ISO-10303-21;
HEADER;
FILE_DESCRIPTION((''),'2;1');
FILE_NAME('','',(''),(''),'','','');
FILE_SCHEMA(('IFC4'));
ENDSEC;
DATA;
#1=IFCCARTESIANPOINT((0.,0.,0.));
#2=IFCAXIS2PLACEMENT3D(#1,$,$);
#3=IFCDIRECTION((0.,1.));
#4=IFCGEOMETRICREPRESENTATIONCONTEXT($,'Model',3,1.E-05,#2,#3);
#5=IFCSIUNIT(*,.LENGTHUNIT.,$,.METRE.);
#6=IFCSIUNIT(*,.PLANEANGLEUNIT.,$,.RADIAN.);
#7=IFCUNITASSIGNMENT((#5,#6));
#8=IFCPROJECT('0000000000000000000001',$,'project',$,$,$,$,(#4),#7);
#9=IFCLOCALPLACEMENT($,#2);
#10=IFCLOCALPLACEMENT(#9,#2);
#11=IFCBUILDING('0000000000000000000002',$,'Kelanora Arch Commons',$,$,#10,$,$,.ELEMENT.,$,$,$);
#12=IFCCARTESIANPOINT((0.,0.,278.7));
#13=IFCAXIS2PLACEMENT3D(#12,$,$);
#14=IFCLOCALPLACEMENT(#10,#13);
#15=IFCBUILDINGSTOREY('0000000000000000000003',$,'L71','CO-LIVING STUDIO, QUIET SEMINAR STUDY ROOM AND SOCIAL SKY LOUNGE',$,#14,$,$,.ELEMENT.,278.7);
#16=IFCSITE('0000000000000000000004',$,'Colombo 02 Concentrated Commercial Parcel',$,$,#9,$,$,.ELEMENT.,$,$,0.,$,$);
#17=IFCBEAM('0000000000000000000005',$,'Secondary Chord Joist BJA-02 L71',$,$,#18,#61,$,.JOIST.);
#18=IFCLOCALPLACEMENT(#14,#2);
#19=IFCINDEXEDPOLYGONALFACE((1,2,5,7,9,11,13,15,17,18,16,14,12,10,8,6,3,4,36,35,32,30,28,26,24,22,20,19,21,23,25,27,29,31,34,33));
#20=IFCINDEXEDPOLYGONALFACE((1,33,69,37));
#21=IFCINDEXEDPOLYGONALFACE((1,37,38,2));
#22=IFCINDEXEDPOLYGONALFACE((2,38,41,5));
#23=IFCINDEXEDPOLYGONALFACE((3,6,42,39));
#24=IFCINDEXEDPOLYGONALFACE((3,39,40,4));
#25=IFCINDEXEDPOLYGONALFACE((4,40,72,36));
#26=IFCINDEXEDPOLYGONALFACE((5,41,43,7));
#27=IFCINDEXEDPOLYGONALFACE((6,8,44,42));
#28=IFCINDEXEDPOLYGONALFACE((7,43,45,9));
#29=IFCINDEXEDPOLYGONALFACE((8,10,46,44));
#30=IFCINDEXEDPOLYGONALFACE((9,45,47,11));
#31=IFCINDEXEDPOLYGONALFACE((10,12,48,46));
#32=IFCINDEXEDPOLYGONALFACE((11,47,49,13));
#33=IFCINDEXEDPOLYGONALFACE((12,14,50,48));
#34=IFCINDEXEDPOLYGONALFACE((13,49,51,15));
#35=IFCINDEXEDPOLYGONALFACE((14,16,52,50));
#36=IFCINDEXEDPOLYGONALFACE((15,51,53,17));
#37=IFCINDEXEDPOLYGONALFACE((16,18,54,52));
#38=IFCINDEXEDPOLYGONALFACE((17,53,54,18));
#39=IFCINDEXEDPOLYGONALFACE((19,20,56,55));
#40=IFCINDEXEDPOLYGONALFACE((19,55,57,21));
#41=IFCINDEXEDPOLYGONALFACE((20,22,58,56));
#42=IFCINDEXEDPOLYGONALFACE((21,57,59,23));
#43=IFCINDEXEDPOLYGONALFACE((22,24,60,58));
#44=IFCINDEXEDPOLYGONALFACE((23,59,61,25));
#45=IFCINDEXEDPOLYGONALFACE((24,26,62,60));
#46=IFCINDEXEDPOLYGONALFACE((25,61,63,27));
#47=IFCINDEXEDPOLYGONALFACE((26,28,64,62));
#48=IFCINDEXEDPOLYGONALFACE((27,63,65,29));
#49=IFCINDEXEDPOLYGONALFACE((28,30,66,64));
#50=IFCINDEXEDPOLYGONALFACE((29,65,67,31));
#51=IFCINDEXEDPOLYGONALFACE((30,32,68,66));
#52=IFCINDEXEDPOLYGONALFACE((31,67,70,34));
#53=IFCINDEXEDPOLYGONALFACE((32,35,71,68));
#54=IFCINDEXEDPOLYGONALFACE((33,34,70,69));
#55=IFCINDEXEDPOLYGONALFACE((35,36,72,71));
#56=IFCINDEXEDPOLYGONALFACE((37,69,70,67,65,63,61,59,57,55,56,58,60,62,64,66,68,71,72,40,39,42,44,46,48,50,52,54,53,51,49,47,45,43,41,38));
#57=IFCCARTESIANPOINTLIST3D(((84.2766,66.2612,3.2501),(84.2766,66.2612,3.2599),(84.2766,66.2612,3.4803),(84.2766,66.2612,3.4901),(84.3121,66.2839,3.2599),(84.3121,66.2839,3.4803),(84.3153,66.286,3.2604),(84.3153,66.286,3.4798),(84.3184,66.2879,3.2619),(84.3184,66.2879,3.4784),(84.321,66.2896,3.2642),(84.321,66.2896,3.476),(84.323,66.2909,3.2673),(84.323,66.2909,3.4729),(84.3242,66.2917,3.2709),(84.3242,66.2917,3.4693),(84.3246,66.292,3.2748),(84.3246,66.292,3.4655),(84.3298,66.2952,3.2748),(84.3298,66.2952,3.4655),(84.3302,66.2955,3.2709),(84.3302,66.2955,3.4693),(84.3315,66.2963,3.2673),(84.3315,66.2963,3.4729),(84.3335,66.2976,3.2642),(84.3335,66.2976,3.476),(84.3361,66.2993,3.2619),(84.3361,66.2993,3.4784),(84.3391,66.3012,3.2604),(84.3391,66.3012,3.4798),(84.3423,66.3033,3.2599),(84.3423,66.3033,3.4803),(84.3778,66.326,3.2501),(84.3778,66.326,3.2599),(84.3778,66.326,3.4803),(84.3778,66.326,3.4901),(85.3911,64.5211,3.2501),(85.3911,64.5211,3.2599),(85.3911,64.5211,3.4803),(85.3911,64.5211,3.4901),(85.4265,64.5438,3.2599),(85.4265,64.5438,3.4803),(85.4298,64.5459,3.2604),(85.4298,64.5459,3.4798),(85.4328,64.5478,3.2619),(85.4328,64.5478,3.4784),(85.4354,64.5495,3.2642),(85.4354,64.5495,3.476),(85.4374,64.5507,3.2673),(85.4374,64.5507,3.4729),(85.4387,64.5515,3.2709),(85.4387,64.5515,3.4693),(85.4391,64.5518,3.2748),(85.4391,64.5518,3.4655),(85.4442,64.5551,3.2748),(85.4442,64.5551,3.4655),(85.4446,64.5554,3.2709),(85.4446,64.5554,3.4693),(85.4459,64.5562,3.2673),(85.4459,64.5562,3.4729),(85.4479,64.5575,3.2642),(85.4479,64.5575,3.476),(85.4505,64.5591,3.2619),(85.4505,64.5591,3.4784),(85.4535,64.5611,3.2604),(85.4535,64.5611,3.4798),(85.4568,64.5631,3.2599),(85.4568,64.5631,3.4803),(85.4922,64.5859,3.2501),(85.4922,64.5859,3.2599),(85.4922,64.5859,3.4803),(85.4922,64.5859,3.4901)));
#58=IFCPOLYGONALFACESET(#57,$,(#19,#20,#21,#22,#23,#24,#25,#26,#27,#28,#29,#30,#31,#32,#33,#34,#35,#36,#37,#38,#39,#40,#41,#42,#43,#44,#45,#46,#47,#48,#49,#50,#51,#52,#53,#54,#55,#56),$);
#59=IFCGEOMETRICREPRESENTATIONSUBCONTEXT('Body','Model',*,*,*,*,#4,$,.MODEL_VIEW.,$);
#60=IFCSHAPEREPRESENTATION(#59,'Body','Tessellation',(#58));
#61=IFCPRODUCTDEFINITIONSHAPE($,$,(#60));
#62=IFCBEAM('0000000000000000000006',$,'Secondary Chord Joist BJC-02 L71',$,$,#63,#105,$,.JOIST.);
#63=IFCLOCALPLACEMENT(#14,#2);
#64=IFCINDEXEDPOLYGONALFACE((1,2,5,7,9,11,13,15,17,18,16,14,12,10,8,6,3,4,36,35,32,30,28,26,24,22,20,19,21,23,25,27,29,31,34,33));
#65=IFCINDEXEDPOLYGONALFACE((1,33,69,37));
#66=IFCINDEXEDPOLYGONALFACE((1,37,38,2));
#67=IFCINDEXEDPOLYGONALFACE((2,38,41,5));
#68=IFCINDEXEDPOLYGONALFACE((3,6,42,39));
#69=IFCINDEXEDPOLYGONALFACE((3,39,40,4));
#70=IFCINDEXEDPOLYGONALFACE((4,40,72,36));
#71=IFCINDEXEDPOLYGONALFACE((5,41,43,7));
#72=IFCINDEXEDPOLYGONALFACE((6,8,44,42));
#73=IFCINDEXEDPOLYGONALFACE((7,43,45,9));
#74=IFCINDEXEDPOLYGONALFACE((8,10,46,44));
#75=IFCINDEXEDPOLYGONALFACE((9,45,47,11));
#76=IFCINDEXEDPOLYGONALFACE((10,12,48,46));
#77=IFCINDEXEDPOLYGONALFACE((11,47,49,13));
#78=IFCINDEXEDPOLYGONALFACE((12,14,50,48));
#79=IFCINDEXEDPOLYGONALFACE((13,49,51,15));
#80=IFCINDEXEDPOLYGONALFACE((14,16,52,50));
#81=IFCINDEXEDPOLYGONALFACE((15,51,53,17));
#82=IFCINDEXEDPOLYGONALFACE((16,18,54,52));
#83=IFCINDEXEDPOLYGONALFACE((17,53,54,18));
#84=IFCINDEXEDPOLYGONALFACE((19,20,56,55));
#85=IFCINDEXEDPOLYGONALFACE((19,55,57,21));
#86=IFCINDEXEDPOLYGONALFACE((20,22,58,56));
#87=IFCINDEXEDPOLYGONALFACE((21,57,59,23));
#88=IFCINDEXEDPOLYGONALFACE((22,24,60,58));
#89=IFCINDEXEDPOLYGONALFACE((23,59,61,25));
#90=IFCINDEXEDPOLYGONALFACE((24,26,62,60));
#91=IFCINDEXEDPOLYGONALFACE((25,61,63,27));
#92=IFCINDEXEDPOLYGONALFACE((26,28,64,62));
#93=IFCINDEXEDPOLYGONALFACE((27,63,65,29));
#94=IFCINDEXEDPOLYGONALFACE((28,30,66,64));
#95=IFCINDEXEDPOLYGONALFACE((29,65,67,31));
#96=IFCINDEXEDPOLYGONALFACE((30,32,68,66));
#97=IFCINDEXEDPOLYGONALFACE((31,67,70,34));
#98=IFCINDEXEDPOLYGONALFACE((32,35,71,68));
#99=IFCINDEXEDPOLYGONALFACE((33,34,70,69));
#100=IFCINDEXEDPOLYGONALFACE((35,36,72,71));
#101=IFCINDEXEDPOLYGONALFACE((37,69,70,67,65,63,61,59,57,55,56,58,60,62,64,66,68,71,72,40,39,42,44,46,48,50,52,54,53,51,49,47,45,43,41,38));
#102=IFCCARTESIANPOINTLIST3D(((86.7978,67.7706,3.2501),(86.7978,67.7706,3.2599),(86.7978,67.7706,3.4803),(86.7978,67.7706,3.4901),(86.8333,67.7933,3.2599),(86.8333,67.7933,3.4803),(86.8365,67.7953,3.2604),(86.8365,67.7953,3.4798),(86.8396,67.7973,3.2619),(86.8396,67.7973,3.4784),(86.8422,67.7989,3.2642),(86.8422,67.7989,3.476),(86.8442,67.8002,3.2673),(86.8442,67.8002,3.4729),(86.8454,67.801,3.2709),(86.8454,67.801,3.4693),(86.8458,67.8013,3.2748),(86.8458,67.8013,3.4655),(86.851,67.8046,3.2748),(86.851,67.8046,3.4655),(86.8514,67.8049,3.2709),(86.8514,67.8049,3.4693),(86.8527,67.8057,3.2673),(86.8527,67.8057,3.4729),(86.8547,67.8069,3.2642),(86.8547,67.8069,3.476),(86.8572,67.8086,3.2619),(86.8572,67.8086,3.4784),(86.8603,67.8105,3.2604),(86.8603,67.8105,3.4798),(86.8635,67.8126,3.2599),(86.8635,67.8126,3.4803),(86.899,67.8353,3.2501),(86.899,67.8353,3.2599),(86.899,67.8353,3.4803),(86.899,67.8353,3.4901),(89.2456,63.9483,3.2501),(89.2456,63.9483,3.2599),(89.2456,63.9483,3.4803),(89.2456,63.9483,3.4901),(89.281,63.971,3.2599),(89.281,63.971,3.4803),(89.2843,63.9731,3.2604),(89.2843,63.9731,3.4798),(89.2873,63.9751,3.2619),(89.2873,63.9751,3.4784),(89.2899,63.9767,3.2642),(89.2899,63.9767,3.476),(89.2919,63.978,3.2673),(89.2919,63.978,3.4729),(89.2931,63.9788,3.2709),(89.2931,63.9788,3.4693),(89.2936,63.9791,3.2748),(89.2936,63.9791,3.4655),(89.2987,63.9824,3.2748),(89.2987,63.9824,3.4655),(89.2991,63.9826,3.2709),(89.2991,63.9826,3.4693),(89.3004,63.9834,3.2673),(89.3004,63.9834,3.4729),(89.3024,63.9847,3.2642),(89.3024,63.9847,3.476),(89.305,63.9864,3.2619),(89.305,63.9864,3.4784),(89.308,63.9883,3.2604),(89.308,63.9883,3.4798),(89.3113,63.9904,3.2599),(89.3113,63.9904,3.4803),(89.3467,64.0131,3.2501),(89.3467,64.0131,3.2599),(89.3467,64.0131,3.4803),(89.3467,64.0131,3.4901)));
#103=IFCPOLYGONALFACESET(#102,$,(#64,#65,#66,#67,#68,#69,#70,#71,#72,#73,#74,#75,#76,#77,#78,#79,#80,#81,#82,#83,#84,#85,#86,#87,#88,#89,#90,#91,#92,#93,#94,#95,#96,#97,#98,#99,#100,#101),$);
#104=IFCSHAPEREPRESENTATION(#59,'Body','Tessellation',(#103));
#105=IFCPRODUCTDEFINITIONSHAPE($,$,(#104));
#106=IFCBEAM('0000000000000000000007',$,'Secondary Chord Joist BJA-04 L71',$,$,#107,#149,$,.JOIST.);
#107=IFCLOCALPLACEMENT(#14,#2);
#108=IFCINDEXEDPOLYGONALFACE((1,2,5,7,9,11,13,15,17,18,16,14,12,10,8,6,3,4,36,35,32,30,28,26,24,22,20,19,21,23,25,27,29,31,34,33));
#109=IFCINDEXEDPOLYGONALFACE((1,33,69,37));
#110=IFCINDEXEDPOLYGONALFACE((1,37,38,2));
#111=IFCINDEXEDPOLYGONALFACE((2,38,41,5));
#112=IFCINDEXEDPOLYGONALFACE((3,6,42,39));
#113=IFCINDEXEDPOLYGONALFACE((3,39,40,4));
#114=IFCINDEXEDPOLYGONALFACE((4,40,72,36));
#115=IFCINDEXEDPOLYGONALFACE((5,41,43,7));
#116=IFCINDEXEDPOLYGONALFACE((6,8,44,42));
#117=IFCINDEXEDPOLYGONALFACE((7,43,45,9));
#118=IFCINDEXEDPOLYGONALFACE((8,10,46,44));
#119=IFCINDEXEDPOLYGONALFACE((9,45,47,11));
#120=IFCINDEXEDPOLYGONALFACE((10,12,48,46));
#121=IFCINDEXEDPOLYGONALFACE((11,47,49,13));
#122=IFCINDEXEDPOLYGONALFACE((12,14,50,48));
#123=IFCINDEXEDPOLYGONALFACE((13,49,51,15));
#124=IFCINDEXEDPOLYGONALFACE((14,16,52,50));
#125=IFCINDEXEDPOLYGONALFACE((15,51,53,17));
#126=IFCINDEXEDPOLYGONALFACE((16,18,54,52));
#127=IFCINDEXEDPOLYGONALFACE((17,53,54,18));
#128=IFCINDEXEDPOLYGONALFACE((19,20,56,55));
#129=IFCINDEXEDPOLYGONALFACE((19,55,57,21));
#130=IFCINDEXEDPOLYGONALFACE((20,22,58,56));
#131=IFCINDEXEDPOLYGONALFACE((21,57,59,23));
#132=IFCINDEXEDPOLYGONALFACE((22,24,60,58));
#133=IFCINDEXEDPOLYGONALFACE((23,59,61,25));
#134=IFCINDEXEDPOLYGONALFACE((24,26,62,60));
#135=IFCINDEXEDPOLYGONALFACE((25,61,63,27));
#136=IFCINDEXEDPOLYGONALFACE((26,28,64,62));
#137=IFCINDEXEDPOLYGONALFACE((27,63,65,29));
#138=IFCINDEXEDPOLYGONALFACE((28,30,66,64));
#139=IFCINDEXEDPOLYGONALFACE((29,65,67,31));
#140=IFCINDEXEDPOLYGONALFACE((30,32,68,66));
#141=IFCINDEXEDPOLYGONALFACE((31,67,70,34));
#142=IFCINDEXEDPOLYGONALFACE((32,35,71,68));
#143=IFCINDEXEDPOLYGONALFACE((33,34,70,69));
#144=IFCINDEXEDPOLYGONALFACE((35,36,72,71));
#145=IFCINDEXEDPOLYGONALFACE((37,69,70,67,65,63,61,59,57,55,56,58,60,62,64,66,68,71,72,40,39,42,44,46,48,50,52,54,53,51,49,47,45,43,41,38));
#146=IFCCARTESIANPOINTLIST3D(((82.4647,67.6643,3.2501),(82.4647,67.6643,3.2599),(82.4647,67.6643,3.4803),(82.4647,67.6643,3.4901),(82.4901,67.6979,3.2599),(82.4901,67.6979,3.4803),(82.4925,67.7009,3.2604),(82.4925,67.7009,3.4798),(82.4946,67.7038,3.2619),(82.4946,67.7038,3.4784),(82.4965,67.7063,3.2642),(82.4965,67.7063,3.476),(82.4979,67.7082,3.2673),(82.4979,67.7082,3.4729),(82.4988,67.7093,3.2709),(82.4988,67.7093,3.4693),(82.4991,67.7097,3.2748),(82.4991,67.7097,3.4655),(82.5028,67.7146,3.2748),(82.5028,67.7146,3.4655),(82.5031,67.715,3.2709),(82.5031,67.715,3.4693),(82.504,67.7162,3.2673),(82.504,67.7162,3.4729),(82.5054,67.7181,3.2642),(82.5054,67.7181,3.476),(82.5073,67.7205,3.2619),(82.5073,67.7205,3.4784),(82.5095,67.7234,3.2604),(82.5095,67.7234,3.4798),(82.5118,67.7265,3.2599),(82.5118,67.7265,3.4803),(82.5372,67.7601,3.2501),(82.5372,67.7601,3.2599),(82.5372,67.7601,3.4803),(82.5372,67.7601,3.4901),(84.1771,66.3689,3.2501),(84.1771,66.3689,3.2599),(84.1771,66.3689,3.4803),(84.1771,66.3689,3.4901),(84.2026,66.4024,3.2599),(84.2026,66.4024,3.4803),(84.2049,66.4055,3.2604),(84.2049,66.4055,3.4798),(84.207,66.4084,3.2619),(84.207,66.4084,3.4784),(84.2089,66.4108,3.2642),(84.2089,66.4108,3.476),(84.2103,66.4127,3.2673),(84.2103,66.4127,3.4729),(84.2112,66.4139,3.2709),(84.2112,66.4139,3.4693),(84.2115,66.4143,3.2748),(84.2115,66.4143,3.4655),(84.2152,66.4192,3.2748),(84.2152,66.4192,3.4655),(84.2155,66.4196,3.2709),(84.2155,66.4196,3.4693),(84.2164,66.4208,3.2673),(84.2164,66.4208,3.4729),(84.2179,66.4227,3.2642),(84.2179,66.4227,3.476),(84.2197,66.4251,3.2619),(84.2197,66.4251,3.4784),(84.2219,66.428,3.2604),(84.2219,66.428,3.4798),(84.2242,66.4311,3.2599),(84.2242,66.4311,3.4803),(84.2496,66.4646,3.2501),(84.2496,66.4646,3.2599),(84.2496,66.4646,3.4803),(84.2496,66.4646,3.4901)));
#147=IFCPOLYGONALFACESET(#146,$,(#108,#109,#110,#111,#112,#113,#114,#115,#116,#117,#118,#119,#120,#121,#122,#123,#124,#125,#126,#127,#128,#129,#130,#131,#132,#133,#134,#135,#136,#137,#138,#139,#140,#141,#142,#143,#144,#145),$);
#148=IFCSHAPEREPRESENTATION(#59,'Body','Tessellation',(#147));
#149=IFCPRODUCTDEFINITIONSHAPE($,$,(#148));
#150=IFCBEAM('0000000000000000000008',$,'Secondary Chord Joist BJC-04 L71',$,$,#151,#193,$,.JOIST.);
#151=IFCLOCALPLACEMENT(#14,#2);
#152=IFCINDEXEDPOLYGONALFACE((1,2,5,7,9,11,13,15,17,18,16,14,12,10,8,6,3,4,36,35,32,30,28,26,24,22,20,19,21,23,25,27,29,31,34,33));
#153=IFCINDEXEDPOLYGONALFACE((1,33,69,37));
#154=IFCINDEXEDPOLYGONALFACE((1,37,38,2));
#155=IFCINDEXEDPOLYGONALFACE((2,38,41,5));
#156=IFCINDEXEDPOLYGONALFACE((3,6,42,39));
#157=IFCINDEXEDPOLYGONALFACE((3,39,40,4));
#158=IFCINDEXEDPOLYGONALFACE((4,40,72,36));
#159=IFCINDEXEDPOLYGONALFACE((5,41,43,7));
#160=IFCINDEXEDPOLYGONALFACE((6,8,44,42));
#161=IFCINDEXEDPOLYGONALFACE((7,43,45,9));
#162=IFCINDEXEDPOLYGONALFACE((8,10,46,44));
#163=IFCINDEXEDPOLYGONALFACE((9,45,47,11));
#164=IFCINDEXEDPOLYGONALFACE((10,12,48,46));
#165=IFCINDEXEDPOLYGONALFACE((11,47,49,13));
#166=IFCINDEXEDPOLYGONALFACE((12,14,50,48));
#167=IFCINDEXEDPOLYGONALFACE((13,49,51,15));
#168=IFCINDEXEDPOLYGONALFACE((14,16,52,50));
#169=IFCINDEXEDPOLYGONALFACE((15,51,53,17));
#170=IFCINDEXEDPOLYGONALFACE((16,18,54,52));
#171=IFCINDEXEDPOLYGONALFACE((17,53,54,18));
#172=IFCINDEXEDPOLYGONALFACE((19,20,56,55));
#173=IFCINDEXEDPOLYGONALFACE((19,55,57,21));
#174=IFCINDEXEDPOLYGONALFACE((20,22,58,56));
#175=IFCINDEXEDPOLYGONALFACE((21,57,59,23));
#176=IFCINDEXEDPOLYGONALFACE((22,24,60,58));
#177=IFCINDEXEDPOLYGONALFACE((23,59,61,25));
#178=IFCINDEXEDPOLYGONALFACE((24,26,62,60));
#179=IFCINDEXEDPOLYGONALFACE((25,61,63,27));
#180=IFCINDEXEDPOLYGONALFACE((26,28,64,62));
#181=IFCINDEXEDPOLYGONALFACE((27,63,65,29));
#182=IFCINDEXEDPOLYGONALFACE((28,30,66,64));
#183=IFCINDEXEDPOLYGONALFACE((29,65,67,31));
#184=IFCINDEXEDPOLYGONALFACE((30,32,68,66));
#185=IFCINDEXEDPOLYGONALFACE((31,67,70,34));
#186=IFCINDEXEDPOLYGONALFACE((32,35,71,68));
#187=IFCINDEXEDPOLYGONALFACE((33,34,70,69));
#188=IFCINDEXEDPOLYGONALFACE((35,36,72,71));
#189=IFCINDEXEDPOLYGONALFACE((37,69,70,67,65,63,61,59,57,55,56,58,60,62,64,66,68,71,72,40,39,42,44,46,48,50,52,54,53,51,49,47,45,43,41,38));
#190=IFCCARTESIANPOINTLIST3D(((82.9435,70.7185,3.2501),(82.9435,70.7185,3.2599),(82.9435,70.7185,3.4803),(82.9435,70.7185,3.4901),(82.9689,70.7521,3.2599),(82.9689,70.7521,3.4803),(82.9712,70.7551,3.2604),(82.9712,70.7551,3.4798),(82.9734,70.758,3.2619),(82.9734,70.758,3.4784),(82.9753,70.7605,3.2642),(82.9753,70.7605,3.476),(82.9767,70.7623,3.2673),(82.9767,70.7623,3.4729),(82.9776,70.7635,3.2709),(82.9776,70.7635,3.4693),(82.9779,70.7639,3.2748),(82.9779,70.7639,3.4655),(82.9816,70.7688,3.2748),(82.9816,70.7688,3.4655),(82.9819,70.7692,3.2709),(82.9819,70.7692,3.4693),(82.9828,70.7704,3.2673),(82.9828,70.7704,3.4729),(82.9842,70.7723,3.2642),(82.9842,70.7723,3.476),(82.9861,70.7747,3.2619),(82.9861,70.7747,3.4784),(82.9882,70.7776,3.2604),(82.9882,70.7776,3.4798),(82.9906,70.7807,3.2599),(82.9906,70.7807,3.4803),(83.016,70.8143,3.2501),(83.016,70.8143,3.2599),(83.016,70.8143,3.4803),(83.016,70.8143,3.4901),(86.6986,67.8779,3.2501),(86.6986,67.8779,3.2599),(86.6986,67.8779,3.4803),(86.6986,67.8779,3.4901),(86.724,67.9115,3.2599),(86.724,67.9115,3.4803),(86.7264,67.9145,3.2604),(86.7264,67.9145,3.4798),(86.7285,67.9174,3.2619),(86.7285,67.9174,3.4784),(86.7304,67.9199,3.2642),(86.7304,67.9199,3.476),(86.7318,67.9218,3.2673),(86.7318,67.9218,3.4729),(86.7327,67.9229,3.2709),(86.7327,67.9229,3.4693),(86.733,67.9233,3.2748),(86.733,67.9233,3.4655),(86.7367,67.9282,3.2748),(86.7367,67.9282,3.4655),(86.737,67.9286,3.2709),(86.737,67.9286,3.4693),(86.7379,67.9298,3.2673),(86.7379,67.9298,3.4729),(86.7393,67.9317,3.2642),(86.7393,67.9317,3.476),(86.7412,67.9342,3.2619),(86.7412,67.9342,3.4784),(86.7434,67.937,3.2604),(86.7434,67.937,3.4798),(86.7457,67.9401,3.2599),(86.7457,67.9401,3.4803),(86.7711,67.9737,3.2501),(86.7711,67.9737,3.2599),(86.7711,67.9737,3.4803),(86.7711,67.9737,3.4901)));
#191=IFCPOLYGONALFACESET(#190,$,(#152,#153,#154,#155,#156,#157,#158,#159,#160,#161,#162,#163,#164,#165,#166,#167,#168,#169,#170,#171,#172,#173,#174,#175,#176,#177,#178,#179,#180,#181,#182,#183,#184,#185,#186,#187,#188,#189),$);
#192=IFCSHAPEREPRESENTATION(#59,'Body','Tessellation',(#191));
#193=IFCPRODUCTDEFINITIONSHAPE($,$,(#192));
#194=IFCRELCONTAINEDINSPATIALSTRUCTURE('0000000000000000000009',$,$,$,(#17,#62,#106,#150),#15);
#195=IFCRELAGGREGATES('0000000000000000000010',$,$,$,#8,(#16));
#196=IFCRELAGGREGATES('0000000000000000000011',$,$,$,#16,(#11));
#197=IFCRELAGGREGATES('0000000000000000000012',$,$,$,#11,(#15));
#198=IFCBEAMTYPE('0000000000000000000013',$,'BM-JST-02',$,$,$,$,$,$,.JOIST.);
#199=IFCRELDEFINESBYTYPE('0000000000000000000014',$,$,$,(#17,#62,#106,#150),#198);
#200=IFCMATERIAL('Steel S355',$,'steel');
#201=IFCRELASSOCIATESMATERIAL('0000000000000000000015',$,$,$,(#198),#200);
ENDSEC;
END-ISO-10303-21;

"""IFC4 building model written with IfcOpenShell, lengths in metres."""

from ifc_helpers import new_model, si_unit, direction, frame, origin, origin_2d, place, context, subcontext, project, spatial, i_section, extrude, material, material_profile, profile_set, type_object, element, save


model = new_model("IFC4")

# Units and contexts
model_context = context("Model", 3, precision=1e-05, world=origin(), true_north=direction((0.0, 1.0)))
body_context = subcontext(model_context, "Body", "Model", "MODEL_VIEW")
ifc_project = project(units=[si_unit("LENGTHUNIT", "METRE"), si_unit("PLANEANGLEUNIT", "RADIAN")], contexts=[model_context])

# Site, building, storey
site_placement = place(None, origin())
site = spatial("IfcSite", under=ifc_project, at=site_placement, Name="Colombo 02 Concentrated Commercial Parcel", CompositionType="ELEMENT", RefElevation=0.0)
building_placement = place(site_placement, origin())
building = spatial("IfcBuilding", under=site, at=building_placement, Name="Kelanora Arch Commons", CompositionType="ELEMENT")
storey_placement = place(building_placement, frame((0.0, 0.0, 278.7)))
storey = spatial("IfcBuildingStorey", under=building, at=storey_placement, Name="L71", Description="CO-LIVING STUDIO, QUIET SEMINAR STUDY ROOM AND SOCIAL SKY LOUNGE", CompositionType="ELEMENT", Elevation=278.7)

# Beams
ifc_material_1 = material(Name="Steel S355", Category="steel")
ifc_material_profile_1 = material_profile(ifc_material_1, i_section(OverallWidth=0.1201, OverallDepth=0.24, WebThickness=0.0061, FlangeThickness=0.0098, FilletRadius=0.0149, at=origin_2d()), Name="IPE240")
ifc_profile_set_1 = profile_set([ifc_material_profile_1], Name="Steel S355")
beam_type_1 = type_object("IfcBeamType", Name="BM-JST-02", PredefinedType="JOIST", material=ifc_profile_set_1)
beam_1_placement = place(storey_placement, frame((85.4417, 64.5535, 3.3701), z_axis=(-0.539312, 0.842106, 0.0), x_axis=(-0.842106, -0.539312, 0.0)))
element("IfcBeam", 1, at=beam_1_placement, inside=storey, type_object=beam_type_1, Name="Secondary Chord Joist BJA-02 L71", PredefinedType="JOIST", context=body_context, shape_type="SweptSolid", body=[
    extrude(i_section(OverallWidth=0.1201, OverallDepth=0.24, WebThickness=0.0061, FlangeThickness=0.0098, FilletRadius=0.0149, at=origin_2d()), origin(), (0.0, 0.0, 1.0), 2.0664),
])
beam_2_placement = place(storey_placement, frame((89.2961, 63.9807, 3.3701), z_axis=(-0.539289, 0.842121, 0.0), x_axis=(-0.842121, -0.539289, 0.0)))
element("IfcBeam", 2, at=beam_2_placement, inside=storey, type_object=beam_type_1, Name="Secondary Chord Joist BJC-02 L71", PredefinedType="JOIST", context=body_context, shape_type="SweptSolid", body=[
    extrude(i_section(OverallWidth=0.1201, OverallDepth=0.24, WebThickness=0.0061, FlangeThickness=0.0098, FilletRadius=0.0149, at=origin_2d()), origin(), (0.0, 0.0, 1.0), 4.5388),
])
beam_3_placement = place(storey_placement, frame((84.2134, 66.4167, 3.3701), z_axis=(-0.79751, 0.603306, 0.0), x_axis=(-0.603306, -0.79751, 0.0)))
element("IfcBeam", 3, at=beam_3_placement, inside=storey, type_object=beam_type_1, Name="Secondary Chord Joist BJA-04 L71", PredefinedType="JOIST", context=body_context, shape_type="SweptSolid", body=[
    extrude(i_section(OverallWidth=0.1201, OverallDepth=0.24, WebThickness=0.0061, FlangeThickness=0.0098, FilletRadius=0.0149, at=origin_2d()), origin(), (0.0, 0.0, 1.0), 2.1472),
])
beam_4_placement = place(storey_placement, frame((86.7349, 67.9258, 3.3701), z_axis=(-0.797523, 0.603289, 0.0), x_axis=(-0.603289, -0.797523, 0.0)))
element("IfcBeam", 4, at=beam_4_placement, inside=storey, type_object=beam_type_1, Name="Secondary Chord Joist BJC-04 L71", PredefinedType="JOIST", context=body_context, shape_type="SweptSolid", body=[
    extrude(i_section(OverallWidth=0.1201, OverallDepth=0.24, WebThickness=0.0061, FlangeThickness=0.0098, FilletRadius=0.0149, at=origin_2d()), origin(), (0.0, 0.0, 1.0), 4.7085),
])

save(model, "model.ifc")
